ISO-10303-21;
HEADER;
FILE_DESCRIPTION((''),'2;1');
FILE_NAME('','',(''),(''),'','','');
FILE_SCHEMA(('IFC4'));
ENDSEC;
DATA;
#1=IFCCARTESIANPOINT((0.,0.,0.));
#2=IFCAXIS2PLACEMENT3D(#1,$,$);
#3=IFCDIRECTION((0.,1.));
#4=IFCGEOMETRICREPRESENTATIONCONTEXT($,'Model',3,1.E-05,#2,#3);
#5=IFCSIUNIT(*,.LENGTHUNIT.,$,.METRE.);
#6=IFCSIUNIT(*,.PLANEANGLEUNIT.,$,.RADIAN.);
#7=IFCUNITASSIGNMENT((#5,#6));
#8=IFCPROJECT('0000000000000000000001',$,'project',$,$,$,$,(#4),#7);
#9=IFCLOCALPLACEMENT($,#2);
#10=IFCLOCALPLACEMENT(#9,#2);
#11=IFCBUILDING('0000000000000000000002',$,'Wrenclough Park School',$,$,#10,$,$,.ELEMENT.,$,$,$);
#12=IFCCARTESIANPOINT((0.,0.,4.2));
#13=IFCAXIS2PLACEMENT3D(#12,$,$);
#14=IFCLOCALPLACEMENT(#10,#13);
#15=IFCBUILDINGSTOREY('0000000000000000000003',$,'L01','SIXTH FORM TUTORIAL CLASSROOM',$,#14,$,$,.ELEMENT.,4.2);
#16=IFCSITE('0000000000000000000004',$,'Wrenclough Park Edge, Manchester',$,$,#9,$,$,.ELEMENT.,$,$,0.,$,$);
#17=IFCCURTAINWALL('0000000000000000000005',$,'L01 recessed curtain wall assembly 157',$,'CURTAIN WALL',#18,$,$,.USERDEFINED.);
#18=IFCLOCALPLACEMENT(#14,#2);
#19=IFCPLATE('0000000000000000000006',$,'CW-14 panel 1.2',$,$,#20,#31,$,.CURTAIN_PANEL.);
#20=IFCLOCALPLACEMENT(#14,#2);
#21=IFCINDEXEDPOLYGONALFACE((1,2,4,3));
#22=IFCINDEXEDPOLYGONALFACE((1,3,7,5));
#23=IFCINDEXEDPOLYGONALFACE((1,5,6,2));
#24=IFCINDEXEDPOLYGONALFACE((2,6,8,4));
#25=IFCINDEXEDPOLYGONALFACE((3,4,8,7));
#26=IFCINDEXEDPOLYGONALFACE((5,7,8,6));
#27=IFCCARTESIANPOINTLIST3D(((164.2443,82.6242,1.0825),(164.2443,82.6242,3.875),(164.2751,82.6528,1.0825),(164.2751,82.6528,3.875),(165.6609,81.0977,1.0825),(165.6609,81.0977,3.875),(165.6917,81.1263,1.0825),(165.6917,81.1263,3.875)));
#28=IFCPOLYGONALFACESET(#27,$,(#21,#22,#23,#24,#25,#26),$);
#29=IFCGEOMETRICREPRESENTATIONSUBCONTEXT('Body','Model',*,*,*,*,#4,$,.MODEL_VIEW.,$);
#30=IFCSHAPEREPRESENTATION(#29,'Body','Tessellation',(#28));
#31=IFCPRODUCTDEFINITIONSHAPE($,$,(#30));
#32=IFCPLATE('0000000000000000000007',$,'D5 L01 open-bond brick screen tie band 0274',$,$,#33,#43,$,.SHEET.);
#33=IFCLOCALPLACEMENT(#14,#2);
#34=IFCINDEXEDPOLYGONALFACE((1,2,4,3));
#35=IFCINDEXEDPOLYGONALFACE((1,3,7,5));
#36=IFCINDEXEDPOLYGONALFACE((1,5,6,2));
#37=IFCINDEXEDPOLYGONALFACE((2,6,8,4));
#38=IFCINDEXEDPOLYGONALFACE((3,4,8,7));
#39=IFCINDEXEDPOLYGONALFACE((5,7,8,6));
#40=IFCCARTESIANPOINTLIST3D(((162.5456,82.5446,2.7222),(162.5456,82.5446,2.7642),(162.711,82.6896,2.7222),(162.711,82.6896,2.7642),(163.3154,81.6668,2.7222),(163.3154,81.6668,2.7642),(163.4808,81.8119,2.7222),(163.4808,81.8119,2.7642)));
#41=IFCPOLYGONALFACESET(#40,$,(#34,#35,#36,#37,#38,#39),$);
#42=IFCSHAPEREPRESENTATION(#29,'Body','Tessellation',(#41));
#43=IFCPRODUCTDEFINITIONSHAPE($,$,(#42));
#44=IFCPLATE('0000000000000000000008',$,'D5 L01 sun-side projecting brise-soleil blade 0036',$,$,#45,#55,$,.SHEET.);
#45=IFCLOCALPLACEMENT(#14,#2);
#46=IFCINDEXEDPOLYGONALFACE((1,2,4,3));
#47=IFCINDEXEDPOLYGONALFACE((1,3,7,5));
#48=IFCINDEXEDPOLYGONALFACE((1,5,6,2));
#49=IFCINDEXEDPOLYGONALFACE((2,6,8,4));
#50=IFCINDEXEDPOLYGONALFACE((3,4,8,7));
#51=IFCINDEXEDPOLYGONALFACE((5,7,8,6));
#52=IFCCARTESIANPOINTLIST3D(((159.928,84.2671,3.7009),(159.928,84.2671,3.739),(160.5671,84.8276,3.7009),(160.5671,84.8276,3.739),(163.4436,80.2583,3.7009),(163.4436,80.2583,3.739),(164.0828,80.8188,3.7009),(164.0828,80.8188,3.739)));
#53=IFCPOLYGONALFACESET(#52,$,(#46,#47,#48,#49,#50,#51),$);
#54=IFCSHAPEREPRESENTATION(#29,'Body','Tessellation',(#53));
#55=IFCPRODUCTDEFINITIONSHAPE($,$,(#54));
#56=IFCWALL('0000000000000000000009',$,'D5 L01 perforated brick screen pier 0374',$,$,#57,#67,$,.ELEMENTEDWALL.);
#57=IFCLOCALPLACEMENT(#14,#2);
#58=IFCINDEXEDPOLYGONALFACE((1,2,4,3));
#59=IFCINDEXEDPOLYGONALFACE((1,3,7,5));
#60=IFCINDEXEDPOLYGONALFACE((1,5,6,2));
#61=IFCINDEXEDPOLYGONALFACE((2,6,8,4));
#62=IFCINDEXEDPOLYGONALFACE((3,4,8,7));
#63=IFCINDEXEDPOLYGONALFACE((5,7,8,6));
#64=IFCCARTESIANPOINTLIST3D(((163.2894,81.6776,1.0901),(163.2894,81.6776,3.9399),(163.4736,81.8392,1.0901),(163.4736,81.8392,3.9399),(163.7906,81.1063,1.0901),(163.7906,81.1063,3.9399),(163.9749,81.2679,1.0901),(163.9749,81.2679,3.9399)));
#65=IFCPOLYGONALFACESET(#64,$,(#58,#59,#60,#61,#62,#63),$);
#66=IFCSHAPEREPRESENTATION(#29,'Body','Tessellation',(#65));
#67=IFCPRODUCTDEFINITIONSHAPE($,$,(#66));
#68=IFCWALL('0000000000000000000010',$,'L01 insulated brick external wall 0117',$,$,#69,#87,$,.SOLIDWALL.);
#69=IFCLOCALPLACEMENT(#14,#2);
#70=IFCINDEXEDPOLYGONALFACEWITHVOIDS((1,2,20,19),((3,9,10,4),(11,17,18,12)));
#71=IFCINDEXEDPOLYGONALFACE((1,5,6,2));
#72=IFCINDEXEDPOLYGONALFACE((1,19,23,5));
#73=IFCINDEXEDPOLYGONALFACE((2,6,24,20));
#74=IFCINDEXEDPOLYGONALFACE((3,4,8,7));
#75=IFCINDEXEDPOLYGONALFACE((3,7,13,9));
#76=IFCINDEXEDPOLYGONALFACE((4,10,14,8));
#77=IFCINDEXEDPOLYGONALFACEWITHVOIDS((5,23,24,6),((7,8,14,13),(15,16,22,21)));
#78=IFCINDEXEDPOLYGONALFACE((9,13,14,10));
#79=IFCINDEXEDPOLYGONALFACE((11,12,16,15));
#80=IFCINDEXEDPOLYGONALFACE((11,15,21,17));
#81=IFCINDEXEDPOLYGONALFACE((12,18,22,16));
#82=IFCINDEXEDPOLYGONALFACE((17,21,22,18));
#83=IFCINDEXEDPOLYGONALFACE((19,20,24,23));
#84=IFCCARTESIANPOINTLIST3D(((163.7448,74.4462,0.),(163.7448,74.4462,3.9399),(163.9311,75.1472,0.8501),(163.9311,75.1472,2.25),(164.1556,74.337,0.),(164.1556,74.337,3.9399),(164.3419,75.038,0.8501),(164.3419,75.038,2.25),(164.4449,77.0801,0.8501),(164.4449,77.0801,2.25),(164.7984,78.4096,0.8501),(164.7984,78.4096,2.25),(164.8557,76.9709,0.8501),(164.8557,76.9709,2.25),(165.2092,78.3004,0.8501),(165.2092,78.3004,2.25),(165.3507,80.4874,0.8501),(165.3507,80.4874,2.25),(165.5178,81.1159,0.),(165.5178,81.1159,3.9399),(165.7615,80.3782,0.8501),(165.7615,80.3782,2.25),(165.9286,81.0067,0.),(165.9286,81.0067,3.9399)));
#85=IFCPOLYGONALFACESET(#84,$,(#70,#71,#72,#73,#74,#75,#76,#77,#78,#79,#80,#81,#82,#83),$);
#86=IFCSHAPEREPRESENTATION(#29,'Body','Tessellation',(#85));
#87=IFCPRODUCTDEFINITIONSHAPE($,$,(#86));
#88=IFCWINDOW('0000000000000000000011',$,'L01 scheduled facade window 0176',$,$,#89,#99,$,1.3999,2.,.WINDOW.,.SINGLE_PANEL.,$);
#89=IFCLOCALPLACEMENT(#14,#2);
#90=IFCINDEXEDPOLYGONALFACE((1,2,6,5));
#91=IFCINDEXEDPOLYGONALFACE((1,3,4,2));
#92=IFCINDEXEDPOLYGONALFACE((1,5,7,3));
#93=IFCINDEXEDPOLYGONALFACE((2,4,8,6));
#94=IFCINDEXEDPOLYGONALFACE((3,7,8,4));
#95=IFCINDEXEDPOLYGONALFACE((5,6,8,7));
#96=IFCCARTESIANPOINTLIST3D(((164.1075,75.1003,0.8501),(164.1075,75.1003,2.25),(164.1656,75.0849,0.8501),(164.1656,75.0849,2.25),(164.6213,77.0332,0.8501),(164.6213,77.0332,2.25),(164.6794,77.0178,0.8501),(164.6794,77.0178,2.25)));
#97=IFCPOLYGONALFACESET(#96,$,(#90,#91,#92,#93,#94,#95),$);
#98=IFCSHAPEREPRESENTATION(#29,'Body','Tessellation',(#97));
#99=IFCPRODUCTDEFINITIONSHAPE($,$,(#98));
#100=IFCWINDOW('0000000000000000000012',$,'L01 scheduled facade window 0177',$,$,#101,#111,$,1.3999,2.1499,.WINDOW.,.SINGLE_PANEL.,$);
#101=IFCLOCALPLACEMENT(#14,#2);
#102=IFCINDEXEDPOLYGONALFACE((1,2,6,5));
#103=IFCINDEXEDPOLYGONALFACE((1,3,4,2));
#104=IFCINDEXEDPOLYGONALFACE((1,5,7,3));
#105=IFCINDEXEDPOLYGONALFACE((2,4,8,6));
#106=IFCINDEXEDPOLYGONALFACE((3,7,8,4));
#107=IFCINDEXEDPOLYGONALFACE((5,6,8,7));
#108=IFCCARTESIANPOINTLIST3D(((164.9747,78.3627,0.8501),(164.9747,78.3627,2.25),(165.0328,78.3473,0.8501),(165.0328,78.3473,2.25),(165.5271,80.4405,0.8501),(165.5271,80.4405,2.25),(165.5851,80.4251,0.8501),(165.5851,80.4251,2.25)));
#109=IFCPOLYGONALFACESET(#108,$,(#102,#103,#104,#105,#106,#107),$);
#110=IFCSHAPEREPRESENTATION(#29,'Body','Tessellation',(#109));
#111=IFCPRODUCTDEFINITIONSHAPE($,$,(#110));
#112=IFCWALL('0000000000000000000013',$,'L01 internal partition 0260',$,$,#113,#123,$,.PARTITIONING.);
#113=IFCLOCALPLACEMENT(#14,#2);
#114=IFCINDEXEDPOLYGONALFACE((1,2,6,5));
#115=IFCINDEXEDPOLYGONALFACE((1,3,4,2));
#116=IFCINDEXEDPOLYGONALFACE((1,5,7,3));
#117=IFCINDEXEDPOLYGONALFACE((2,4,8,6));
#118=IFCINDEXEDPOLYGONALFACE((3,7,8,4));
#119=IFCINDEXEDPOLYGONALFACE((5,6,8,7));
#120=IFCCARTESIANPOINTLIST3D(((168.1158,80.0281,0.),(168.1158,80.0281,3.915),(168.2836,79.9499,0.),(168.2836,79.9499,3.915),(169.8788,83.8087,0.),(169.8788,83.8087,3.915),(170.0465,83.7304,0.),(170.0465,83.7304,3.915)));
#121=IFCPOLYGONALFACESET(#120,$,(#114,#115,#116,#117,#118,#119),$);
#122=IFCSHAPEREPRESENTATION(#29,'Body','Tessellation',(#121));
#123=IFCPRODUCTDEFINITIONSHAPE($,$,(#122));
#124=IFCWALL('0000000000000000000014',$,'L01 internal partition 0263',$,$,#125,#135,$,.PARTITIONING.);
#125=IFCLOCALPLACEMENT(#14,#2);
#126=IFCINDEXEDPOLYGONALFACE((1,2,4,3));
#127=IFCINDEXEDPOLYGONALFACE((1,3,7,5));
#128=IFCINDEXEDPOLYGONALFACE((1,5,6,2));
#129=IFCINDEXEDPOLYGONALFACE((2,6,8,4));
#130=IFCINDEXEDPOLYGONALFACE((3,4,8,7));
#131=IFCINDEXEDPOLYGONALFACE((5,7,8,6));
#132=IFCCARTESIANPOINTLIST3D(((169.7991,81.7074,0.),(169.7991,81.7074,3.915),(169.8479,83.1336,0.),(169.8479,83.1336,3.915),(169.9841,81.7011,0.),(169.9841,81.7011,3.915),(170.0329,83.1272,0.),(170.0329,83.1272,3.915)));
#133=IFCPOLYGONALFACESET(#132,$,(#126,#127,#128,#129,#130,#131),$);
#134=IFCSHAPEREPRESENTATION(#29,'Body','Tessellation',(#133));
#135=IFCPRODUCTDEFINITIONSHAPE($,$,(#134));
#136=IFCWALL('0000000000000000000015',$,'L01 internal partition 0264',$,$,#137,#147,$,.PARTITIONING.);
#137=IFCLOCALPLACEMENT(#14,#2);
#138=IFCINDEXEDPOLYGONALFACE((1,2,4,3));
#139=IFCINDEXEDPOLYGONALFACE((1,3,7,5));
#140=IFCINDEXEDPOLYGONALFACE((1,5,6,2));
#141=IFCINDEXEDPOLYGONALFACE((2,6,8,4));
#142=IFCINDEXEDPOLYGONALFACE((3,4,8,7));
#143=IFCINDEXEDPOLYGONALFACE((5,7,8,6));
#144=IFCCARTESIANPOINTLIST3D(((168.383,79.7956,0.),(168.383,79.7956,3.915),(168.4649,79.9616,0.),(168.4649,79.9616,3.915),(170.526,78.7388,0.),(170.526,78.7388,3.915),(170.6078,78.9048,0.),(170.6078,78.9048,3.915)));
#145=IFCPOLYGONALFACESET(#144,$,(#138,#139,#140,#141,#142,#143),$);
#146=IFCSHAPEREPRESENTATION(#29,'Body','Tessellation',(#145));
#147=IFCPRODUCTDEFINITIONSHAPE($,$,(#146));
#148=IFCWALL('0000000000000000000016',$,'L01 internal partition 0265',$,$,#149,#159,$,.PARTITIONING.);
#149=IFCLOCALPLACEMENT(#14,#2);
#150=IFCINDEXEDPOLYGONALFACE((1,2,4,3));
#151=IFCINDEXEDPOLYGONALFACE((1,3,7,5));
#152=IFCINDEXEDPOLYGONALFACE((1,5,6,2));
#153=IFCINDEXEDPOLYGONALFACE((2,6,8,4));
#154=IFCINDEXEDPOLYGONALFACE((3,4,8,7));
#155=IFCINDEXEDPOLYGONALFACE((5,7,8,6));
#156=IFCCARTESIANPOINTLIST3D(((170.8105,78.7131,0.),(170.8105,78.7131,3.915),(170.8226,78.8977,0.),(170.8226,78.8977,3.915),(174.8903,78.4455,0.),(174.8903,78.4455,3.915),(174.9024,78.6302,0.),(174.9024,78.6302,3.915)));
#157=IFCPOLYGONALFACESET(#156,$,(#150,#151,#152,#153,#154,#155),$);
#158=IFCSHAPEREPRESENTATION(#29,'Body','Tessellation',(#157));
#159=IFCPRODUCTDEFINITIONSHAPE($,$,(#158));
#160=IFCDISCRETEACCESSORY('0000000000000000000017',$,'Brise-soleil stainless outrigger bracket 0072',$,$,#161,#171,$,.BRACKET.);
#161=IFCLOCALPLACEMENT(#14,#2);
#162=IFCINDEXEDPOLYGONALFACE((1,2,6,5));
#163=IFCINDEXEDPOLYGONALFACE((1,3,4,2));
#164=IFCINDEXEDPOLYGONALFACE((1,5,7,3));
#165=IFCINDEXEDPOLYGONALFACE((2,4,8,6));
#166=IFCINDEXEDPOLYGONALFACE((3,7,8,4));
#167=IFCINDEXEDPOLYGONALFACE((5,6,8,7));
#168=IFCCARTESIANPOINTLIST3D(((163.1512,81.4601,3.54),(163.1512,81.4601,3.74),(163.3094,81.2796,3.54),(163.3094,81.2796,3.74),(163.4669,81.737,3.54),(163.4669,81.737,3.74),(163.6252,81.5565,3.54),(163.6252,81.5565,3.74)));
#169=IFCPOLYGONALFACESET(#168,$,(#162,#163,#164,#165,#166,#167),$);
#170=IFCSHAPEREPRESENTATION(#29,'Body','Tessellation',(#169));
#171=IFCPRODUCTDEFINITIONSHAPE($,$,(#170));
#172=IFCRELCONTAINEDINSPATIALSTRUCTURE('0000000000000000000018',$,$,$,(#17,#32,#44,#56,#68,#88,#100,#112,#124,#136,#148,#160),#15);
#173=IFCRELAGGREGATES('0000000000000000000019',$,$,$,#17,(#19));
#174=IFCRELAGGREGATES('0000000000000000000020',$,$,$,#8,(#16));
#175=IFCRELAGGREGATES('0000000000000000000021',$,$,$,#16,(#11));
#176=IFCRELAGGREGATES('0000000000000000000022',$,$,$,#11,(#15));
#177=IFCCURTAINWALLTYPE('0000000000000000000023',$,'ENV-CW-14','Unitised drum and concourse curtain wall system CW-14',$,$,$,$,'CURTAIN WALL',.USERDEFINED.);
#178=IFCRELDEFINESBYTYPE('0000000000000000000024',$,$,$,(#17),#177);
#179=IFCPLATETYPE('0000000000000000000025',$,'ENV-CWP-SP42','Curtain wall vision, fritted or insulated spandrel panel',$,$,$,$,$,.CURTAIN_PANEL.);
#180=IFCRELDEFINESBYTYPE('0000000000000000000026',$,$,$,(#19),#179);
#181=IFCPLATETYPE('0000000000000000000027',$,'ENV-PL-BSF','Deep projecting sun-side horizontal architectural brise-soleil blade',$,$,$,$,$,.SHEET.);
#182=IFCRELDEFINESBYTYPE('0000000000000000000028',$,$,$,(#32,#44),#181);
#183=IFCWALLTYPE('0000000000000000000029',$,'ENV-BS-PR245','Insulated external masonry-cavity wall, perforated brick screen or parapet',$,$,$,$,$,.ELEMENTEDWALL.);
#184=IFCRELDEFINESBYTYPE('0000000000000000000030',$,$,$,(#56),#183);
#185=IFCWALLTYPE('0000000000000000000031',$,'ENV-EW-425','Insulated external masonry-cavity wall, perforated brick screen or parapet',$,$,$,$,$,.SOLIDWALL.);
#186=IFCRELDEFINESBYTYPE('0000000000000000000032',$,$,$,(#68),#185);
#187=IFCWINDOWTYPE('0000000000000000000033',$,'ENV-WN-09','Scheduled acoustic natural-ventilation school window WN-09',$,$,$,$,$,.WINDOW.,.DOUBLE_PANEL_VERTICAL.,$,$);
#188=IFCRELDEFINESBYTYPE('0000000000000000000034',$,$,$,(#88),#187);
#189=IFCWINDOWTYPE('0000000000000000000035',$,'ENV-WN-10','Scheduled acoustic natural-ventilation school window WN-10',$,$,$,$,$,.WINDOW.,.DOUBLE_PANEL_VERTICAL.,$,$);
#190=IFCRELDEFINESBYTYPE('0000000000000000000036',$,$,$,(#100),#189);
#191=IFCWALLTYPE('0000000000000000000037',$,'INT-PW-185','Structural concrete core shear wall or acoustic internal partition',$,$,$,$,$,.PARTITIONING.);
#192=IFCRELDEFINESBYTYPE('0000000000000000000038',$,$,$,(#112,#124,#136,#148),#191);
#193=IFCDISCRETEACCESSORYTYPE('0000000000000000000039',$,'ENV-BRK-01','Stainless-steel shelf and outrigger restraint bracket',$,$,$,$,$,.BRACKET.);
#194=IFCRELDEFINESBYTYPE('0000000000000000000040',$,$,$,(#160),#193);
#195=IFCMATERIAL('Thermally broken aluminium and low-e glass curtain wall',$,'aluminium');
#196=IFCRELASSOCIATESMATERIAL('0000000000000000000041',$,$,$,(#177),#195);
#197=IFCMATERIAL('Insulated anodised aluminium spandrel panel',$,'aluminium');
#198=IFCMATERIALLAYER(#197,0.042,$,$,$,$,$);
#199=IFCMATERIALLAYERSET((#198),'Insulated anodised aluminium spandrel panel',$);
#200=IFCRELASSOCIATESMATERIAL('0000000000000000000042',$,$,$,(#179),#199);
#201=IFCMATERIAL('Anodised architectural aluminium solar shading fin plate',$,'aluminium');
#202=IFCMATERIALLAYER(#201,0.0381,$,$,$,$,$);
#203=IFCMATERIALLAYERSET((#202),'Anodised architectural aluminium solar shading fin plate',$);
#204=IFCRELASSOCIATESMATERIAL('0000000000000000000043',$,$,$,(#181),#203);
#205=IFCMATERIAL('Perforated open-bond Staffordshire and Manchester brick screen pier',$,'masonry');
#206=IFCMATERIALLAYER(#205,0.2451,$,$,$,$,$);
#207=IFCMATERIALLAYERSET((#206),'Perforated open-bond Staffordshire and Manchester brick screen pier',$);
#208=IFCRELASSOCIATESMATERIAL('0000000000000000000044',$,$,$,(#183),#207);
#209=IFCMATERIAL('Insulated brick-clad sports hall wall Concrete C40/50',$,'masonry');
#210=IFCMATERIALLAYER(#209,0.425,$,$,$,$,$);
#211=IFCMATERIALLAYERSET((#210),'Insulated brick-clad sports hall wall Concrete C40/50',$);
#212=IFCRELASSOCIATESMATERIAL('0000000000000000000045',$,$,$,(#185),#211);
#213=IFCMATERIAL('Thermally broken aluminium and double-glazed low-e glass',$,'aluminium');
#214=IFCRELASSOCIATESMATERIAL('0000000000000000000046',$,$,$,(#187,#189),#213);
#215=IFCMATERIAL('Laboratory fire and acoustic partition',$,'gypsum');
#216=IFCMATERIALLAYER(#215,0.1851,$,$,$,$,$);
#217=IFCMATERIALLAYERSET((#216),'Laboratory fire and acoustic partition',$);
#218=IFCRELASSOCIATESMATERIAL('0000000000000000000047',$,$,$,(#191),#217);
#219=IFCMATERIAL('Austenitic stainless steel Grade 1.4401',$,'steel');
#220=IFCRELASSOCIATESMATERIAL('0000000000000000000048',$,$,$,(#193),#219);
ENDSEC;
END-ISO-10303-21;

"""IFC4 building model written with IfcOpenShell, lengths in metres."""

from ifc_helpers import new_model, si_unit, direction, frame, frame_2d, origin, origin_2d, place, context, subcontext, project, spatial, rectangle, extrude, material, layer, layer_set, type_object, element, fill, aggregate, save


model = new_model("IFC4")

# Units and contexts
model_context = context("Model", 3, precision=1e-05, world=origin(), true_north=direction((0.0, 1.0)))
body_context = subcontext(model_context, "Body", "Model", "MODEL_VIEW")
ifc_project = project(units=[si_unit("LENGTHUNIT", "METRE"), si_unit("PLANEANGLEUNIT", "RADIAN")], contexts=[model_context])

# Site, building, storey
site_placement = place(None, origin())
site = spatial("IfcSite", under=ifc_project, at=site_placement, Name="Wrenclough Park Edge, Manchester", CompositionType="ELEMENT", RefElevation=0.0)
building_placement = place(site_placement, origin())
building = spatial("IfcBuilding", under=site, at=building_placement, Name="Wrenclough Park School", CompositionType="ELEMENT")
storey_placement = place(building_placement, frame((0.0, 0.0, 4.2)))
storey = spatial("IfcBuildingStorey", under=building, at=storey_placement, Name="L01", Description="SIXTH FORM TUTORIAL CLASSROOM", CompositionType="ELEMENT", Elevation=4.2)

# Curtain wall
ifc_material_1 = material(Name="Thermally broken aluminium and low-e glass curtain wall", Category="aluminium")
curtain_wall_type = type_object("IfcCurtainWallType", Name="ENV-CW-14", Description="Unitised drum and concourse curtain wall system CW-14", ElementType="CURTAIN WALL", PredefinedType="USERDEFINED", material=ifc_material_1)
curtain_wall_placement = place(storey_placement, origin())
curtain_wall = element("IfcCurtainWall", 1, at=curtain_wall_placement, inside=storey, type_object=curtain_wall_type, Name="L01 recessed curtain wall assembly 157", ObjectType="CURTAIN WALL", PredefinedType="USERDEFINED")

# Plate
ifc_material_2 = material(Name="Insulated anodised aluminium spandrel panel", Category="aluminium")
ifc_layer_1 = layer(ifc_material_2, 0.042)
ifc_layer_set_1 = layer_set([ifc_layer_1], Name="Insulated anodised aluminium spandrel panel")
plate_type_1 = type_object("IfcPlateType", Name="ENV-CWP-SP42", Description="Curtain wall vision, fritted or insulated spandrel panel", PredefinedType="CURTAIN_PANEL", material=ifc_layer_set_1)
plate_1_placement = place(storey_placement, frame((164.968, 81.8752, 1.0825), z_axis=(0.0, 0.0, 1.0), x_axis=(-0.680215, 0.733013, 0.0)))
plate_1 = element("IfcPlate", 2, at=plate_1_placement, type_object=plate_type_1, Name="CW-14 panel 1.2", PredefinedType="CURTAIN_PANEL", context=body_context, shape_type="SweptSolid", body=[
    extrude(rectangle(XDim=2.0825, YDim=0.042, at=origin_2d()), origin(), (0.0, 0.0, 1.0), 2.7925),
])
aggregate(curtain_wall, [plate_1])

# Plates
ifc_material_3 = material(Name="Anodised architectural aluminium solar shading fin plate", Category="aluminium")
ifc_layer_2 = layer(ifc_material_3, 0.0381)
ifc_layer_set_2 = layer_set([ifc_layer_2], Name="Anodised architectural aluminium solar shading fin plate")
plate_type_2 = type_object("IfcPlateType", Name="ENV-PL-BSF", Description="Deep projecting sun-side horizontal architectural brise-soleil blade", PredefinedType="SHEET", material=ifc_layer_set_2)
plate_2_placement = place(storey_placement, frame((163.0132, 82.1782, 2.7222), z_axis=(0.0, 0.0, 1.0), x_axis=(0.659349, -0.751837, 0.0)))
element("IfcPlate", 3, at=plate_2_placement, inside=storey, type_object=plate_type_2, Name="D5 L01 open-bond brick screen tie band 0274", PredefinedType="SHEET", context=body_context, shape_type="SweptSolid", body=[
    extrude(rectangle(XDim=1.1675, YDim=0.22, at=origin_2d()), origin(), (0.0, 0.0, 1.0), 0.042),
])
plate_3_placement = place(storey_placement, frame((162.0054, 82.543, 3.7009), z_axis=(0.0, 0.0, 1.0), x_axis=(0.659349, -0.751837, 0.0)))
element("IfcPlate", 4, at=plate_3_placement, inside=storey, type_object=plate_type_2, Name="D5 L01 sun-side projecting brise-soleil blade 0036", PredefinedType="SHEET", context=body_context, shape_type="SweptSolid", body=[
    extrude(rectangle(XDim=5.332, YDim=0.8501, at=origin_2d()), origin(), (0.0, 0.0, 1.0), 0.0381),
])

# Wall
ifc_material_4 = material(Name="Perforated open-bond Staffordshire and Manchester brick screen pier", Category="masonry")
ifc_layer_3 = layer(ifc_material_4, 0.2451)
ifc_layer_set_3 = layer_set([ifc_layer_3], Name="Perforated open-bond Staffordshire and Manchester brick screen pier")
wall_type_1 = type_object("IfcWallType", Name="ENV-BS-PR245", Description="Insulated external masonry-cavity wall, perforated brick screen or parapet", PredefinedType="ELEMENTEDWALL", material=ifc_layer_set_3)
wall_1_placement = place(storey_placement, frame((163.3816, 81.7583, 1.0901), z_axis=(0.0, 0.0, 1.0), x_axis=(0.659505, -0.7517, 0.0)))
element("IfcWall", 5, at=wall_1_placement, inside=storey, type_object=wall_type_1, Name="D5 L01 perforated brick screen pier 0374", PredefinedType="ELEMENTEDWALL", context=body_context, shape_type="SweptSolid", body=[
    extrude(rectangle(XDim=0.76, YDim=0.2451, at=frame_2d((0.3799, 0.0))), origin(), (0.0, 0.0, 1.0), 2.8499),
])

# Wall, openings, windows
ifc_material_5 = material(Name="Insulated brick-clad sports hall wall Concrete C40/50", Category="masonry")
ifc_layer_4 = layer(ifc_material_5, 0.425)
ifc_layer_set_4 = layer_set([ifc_layer_4], Name="Insulated brick-clad sports hall wall Concrete C40/50")
wall_type_2 = type_object("IfcWallType", Name="ENV-EW-425", Description="Insulated external masonry-cavity wall, perforated brick screen or parapet", PredefinedType="SOLIDWALL", material=ifc_layer_set_4)
wall_2_placement = place(storey_placement, frame((163.9502, 74.3916, 0.0), z_axis=(0.0, 0.0, 1.0), x_axis=(0.256901, 0.966438, 0.0)))
wall_2 = element("IfcWall", 6, at=wall_2_placement, inside=storey, type_object=wall_type_2, Name="L01 insulated brick external wall 0117", PredefinedType="SOLIDWALL", context=body_context, shape_type="SweptSolid", body=[
    extrude(rectangle(XDim=6.9014, YDim=0.425, at=frame_2d((3.4507, 0.0))), origin(), (0.0, 0.0, 1.0), 3.9399),
])
opening_1_placement = place(wall_2_placement, frame((0.7253, 0.0, 0.8501)))
opening_1 = element("IfcOpeningElement", 7, at=opening_1_placement, cuts=wall_2, PredefinedType="OPENING", context=body_context, shape_type="SweptSolid", body=[
    extrude(rectangle(XDim=2.0, YDim=1.3999, at=frame_2d((1.0, 0.7))), frame((0.0, 0.2224, 0.0), z_axis=(0.0, -1.0, 0.0), x_axis=(1.0, 0.0, 0.0)), (0.0, 0.0, 1.0), 0.4451),
])
opening_2_placement = place(wall_2_placement, frame((4.1011, 0.0, 0.8501)))
opening_2 = element("IfcOpeningElement", 8, at=opening_2_placement, cuts=wall_2, PredefinedType="OPENING", context=body_context, shape_type="SweptSolid", body=[
    extrude(rectangle(XDim=2.1499, YDim=1.3999, at=frame_2d((1.075, 0.7))), frame((0.0, 0.2224, 0.0), z_axis=(0.0, -1.0, 0.0), x_axis=(1.0, 0.0, 0.0)), (0.0, 0.0, 1.0), 0.4451),
])
ifc_material_6 = material(Name="Thermally broken aluminium and double-glazed low-e glass", Category="aluminium")
window_type_1 = type_object("IfcWindowType", Name="ENV-WN-09", Description="Scheduled acoustic natural-ventilation school window WN-09", PartitioningType="DOUBLE_PANEL_VERTICAL", PredefinedType="WINDOW", material=ifc_material_6)
window_1_placement = place(opening_1_placement, origin())
window_1 = element("IfcWindow", 9, at=window_1_placement, inside=storey, type_object=window_type_1, Name="L01 scheduled facade window 0176", OverallHeight=1.3999, OverallWidth=2.0, PartitioningType="SINGLE_PANEL", PredefinedType="WINDOW", context=body_context, shape_type="SweptSolid", body=[
    extrude(rectangle(XDim=2.0, YDim=1.3999, at=frame_2d((1.0, 0.7))), frame((0.0, 0.03, 0.0), z_axis=(0.0, -1.0, 0.0), x_axis=(1.0, 0.0, 0.0)), (0.0, 0.0, 1.0), 0.0601),
])
fill(opening_1, window_1)
window_type_2 = type_object("IfcWindowType", Name="ENV-WN-10", Description="Scheduled acoustic natural-ventilation school window WN-10", PartitioningType="DOUBLE_PANEL_VERTICAL", PredefinedType="WINDOW", material=ifc_material_6)
window_2_placement = place(opening_2_placement, origin())
window_2 = element("IfcWindow", 10, at=window_2_placement, inside=storey, type_object=window_type_2, Name="L01 scheduled facade window 0177", OverallHeight=1.3999, OverallWidth=2.1499, PartitioningType="SINGLE_PANEL", PredefinedType="WINDOW", context=body_context, shape_type="SweptSolid", body=[
    extrude(rectangle(XDim=2.1499, YDim=1.3999, at=frame_2d((1.075, 0.7))), frame((0.0, 0.03, 0.0), z_axis=(0.0, -1.0, 0.0), x_axis=(1.0, 0.0, 0.0)), (0.0, 0.0, 1.0), 0.0601),
])
fill(opening_2, window_2)

# Walls
ifc_material_7 = material(Name="Laboratory fire and acoustic partition", Category="gypsum")
ifc_layer_5 = layer(ifc_material_7, 0.1851)
ifc_layer_set_5 = layer_set([ifc_layer_5], Name="Laboratory fire and acoustic partition")
wall_type_3 = type_object("IfcWallType", Name="INT-PW-185", Description="Structural concrete core shear wall or acoustic internal partition", PredefinedType="PARTITIONING", material=ifc_layer_set_5)
wall_3_placement = place(storey_placement, frame((168.1997, 79.989, 0.0), z_axis=(0.0, 0.0, 1.0), x_axis=(0.422629, 0.906303, 0.0)))
element("IfcWall", 11, at=wall_3_placement, inside=storey, type_object=wall_type_3, Name="L01 internal partition 0260", PredefinedType="PARTITIONING", context=body_context, shape_type="SweptSolid", body=[
    extrude(rectangle(XDim=4.1714, YDim=0.1851, at=frame_2d((2.0857, 0.0))), origin(), (0.0, 0.0, 1.0), 3.915),
])
wall_4_placement = place(storey_placement, frame((169.8916, 81.7043, 0.0), z_axis=(0.0, 0.0, 1.0), x_axis=(0.034215, 0.999415, 0.0)))
element("IfcWall", 12, at=wall_4_placement, inside=storey, type_object=wall_type_3, Name="L01 internal partition 0263", PredefinedType="PARTITIONING", context=body_context, shape_type="SweptSolid", body=[
    extrude(rectangle(XDim=1.427, YDim=0.1851, at=frame_2d((0.7134, 0.0))), origin(), (0.0, 0.0, 1.0), 3.915),
])
wall_5_placement = place(storey_placement, frame((168.4238, 79.8787, 0.0), z_axis=(0.0, 0.0, 1.0), x_axis=(0.896866, -0.442303, 0.0)))
element("IfcWall", 13, at=wall_5_placement, inside=storey, type_object=wall_type_3, Name="L01 internal partition 0264", PredefinedType="PARTITIONING", context=body_context, shape_type="SweptSolid", body=[
    extrude(rectangle(XDim=2.3894, YDim=0.1851, at=frame_2d((1.1948, 0.0))), origin(), (0.0, 0.0, 1.0), 3.915),
])
wall_6_placement = place(storey_placement, frame((170.8164, 78.8054, 0.0), z_axis=(0.0, 0.0, 1.0), x_axis=(0.997856, -0.065445, 0.0)))
element("IfcWall", 14, at=wall_6_placement, inside=storey, type_object=wall_type_3, Name="L01 internal partition 0265", PredefinedType="PARTITIONING", context=body_context, shape_type="SweptSolid", body=[
    extrude(rectangle(XDim=4.0886, YDim=0.1851, at=frame_2d((2.0444, 0.0))), origin(), (0.0, 0.0, 1.0), 3.915),
])

# Discrete accessory
ifc_material_8 = material(Name="Austenitic stainless steel Grade 1.4401", Category="steel")
discrete_accessory_type = type_object("IfcDiscreteAccessoryType", Name="ENV-BRK-01", Description="Stainless-steel shelf and outrigger restraint bracket", PredefinedType="BRACKET", material=ifc_material_8)
discrete_accessory_placement = place(storey_placement, frame((163.3882, 81.5083, 3.54), z_axis=(0.0, 0.0, 1.0), x_axis=(0.659349, -0.751837, 0.0)))
element("IfcDiscreteAccessory", 15, at=discrete_accessory_placement, inside=storey, type_object=discrete_accessory_type, Name="Brise-soleil stainless outrigger bracket 0072", PredefinedType="BRACKET", context=body_context, shape_type="SweptSolid", body=[
    extrude(rectangle(XDim=0.24, YDim=0.4199, at=origin_2d()), origin(), (0.0, 0.0, 1.0), 0.2),
])

save(model, "model.ifc")
